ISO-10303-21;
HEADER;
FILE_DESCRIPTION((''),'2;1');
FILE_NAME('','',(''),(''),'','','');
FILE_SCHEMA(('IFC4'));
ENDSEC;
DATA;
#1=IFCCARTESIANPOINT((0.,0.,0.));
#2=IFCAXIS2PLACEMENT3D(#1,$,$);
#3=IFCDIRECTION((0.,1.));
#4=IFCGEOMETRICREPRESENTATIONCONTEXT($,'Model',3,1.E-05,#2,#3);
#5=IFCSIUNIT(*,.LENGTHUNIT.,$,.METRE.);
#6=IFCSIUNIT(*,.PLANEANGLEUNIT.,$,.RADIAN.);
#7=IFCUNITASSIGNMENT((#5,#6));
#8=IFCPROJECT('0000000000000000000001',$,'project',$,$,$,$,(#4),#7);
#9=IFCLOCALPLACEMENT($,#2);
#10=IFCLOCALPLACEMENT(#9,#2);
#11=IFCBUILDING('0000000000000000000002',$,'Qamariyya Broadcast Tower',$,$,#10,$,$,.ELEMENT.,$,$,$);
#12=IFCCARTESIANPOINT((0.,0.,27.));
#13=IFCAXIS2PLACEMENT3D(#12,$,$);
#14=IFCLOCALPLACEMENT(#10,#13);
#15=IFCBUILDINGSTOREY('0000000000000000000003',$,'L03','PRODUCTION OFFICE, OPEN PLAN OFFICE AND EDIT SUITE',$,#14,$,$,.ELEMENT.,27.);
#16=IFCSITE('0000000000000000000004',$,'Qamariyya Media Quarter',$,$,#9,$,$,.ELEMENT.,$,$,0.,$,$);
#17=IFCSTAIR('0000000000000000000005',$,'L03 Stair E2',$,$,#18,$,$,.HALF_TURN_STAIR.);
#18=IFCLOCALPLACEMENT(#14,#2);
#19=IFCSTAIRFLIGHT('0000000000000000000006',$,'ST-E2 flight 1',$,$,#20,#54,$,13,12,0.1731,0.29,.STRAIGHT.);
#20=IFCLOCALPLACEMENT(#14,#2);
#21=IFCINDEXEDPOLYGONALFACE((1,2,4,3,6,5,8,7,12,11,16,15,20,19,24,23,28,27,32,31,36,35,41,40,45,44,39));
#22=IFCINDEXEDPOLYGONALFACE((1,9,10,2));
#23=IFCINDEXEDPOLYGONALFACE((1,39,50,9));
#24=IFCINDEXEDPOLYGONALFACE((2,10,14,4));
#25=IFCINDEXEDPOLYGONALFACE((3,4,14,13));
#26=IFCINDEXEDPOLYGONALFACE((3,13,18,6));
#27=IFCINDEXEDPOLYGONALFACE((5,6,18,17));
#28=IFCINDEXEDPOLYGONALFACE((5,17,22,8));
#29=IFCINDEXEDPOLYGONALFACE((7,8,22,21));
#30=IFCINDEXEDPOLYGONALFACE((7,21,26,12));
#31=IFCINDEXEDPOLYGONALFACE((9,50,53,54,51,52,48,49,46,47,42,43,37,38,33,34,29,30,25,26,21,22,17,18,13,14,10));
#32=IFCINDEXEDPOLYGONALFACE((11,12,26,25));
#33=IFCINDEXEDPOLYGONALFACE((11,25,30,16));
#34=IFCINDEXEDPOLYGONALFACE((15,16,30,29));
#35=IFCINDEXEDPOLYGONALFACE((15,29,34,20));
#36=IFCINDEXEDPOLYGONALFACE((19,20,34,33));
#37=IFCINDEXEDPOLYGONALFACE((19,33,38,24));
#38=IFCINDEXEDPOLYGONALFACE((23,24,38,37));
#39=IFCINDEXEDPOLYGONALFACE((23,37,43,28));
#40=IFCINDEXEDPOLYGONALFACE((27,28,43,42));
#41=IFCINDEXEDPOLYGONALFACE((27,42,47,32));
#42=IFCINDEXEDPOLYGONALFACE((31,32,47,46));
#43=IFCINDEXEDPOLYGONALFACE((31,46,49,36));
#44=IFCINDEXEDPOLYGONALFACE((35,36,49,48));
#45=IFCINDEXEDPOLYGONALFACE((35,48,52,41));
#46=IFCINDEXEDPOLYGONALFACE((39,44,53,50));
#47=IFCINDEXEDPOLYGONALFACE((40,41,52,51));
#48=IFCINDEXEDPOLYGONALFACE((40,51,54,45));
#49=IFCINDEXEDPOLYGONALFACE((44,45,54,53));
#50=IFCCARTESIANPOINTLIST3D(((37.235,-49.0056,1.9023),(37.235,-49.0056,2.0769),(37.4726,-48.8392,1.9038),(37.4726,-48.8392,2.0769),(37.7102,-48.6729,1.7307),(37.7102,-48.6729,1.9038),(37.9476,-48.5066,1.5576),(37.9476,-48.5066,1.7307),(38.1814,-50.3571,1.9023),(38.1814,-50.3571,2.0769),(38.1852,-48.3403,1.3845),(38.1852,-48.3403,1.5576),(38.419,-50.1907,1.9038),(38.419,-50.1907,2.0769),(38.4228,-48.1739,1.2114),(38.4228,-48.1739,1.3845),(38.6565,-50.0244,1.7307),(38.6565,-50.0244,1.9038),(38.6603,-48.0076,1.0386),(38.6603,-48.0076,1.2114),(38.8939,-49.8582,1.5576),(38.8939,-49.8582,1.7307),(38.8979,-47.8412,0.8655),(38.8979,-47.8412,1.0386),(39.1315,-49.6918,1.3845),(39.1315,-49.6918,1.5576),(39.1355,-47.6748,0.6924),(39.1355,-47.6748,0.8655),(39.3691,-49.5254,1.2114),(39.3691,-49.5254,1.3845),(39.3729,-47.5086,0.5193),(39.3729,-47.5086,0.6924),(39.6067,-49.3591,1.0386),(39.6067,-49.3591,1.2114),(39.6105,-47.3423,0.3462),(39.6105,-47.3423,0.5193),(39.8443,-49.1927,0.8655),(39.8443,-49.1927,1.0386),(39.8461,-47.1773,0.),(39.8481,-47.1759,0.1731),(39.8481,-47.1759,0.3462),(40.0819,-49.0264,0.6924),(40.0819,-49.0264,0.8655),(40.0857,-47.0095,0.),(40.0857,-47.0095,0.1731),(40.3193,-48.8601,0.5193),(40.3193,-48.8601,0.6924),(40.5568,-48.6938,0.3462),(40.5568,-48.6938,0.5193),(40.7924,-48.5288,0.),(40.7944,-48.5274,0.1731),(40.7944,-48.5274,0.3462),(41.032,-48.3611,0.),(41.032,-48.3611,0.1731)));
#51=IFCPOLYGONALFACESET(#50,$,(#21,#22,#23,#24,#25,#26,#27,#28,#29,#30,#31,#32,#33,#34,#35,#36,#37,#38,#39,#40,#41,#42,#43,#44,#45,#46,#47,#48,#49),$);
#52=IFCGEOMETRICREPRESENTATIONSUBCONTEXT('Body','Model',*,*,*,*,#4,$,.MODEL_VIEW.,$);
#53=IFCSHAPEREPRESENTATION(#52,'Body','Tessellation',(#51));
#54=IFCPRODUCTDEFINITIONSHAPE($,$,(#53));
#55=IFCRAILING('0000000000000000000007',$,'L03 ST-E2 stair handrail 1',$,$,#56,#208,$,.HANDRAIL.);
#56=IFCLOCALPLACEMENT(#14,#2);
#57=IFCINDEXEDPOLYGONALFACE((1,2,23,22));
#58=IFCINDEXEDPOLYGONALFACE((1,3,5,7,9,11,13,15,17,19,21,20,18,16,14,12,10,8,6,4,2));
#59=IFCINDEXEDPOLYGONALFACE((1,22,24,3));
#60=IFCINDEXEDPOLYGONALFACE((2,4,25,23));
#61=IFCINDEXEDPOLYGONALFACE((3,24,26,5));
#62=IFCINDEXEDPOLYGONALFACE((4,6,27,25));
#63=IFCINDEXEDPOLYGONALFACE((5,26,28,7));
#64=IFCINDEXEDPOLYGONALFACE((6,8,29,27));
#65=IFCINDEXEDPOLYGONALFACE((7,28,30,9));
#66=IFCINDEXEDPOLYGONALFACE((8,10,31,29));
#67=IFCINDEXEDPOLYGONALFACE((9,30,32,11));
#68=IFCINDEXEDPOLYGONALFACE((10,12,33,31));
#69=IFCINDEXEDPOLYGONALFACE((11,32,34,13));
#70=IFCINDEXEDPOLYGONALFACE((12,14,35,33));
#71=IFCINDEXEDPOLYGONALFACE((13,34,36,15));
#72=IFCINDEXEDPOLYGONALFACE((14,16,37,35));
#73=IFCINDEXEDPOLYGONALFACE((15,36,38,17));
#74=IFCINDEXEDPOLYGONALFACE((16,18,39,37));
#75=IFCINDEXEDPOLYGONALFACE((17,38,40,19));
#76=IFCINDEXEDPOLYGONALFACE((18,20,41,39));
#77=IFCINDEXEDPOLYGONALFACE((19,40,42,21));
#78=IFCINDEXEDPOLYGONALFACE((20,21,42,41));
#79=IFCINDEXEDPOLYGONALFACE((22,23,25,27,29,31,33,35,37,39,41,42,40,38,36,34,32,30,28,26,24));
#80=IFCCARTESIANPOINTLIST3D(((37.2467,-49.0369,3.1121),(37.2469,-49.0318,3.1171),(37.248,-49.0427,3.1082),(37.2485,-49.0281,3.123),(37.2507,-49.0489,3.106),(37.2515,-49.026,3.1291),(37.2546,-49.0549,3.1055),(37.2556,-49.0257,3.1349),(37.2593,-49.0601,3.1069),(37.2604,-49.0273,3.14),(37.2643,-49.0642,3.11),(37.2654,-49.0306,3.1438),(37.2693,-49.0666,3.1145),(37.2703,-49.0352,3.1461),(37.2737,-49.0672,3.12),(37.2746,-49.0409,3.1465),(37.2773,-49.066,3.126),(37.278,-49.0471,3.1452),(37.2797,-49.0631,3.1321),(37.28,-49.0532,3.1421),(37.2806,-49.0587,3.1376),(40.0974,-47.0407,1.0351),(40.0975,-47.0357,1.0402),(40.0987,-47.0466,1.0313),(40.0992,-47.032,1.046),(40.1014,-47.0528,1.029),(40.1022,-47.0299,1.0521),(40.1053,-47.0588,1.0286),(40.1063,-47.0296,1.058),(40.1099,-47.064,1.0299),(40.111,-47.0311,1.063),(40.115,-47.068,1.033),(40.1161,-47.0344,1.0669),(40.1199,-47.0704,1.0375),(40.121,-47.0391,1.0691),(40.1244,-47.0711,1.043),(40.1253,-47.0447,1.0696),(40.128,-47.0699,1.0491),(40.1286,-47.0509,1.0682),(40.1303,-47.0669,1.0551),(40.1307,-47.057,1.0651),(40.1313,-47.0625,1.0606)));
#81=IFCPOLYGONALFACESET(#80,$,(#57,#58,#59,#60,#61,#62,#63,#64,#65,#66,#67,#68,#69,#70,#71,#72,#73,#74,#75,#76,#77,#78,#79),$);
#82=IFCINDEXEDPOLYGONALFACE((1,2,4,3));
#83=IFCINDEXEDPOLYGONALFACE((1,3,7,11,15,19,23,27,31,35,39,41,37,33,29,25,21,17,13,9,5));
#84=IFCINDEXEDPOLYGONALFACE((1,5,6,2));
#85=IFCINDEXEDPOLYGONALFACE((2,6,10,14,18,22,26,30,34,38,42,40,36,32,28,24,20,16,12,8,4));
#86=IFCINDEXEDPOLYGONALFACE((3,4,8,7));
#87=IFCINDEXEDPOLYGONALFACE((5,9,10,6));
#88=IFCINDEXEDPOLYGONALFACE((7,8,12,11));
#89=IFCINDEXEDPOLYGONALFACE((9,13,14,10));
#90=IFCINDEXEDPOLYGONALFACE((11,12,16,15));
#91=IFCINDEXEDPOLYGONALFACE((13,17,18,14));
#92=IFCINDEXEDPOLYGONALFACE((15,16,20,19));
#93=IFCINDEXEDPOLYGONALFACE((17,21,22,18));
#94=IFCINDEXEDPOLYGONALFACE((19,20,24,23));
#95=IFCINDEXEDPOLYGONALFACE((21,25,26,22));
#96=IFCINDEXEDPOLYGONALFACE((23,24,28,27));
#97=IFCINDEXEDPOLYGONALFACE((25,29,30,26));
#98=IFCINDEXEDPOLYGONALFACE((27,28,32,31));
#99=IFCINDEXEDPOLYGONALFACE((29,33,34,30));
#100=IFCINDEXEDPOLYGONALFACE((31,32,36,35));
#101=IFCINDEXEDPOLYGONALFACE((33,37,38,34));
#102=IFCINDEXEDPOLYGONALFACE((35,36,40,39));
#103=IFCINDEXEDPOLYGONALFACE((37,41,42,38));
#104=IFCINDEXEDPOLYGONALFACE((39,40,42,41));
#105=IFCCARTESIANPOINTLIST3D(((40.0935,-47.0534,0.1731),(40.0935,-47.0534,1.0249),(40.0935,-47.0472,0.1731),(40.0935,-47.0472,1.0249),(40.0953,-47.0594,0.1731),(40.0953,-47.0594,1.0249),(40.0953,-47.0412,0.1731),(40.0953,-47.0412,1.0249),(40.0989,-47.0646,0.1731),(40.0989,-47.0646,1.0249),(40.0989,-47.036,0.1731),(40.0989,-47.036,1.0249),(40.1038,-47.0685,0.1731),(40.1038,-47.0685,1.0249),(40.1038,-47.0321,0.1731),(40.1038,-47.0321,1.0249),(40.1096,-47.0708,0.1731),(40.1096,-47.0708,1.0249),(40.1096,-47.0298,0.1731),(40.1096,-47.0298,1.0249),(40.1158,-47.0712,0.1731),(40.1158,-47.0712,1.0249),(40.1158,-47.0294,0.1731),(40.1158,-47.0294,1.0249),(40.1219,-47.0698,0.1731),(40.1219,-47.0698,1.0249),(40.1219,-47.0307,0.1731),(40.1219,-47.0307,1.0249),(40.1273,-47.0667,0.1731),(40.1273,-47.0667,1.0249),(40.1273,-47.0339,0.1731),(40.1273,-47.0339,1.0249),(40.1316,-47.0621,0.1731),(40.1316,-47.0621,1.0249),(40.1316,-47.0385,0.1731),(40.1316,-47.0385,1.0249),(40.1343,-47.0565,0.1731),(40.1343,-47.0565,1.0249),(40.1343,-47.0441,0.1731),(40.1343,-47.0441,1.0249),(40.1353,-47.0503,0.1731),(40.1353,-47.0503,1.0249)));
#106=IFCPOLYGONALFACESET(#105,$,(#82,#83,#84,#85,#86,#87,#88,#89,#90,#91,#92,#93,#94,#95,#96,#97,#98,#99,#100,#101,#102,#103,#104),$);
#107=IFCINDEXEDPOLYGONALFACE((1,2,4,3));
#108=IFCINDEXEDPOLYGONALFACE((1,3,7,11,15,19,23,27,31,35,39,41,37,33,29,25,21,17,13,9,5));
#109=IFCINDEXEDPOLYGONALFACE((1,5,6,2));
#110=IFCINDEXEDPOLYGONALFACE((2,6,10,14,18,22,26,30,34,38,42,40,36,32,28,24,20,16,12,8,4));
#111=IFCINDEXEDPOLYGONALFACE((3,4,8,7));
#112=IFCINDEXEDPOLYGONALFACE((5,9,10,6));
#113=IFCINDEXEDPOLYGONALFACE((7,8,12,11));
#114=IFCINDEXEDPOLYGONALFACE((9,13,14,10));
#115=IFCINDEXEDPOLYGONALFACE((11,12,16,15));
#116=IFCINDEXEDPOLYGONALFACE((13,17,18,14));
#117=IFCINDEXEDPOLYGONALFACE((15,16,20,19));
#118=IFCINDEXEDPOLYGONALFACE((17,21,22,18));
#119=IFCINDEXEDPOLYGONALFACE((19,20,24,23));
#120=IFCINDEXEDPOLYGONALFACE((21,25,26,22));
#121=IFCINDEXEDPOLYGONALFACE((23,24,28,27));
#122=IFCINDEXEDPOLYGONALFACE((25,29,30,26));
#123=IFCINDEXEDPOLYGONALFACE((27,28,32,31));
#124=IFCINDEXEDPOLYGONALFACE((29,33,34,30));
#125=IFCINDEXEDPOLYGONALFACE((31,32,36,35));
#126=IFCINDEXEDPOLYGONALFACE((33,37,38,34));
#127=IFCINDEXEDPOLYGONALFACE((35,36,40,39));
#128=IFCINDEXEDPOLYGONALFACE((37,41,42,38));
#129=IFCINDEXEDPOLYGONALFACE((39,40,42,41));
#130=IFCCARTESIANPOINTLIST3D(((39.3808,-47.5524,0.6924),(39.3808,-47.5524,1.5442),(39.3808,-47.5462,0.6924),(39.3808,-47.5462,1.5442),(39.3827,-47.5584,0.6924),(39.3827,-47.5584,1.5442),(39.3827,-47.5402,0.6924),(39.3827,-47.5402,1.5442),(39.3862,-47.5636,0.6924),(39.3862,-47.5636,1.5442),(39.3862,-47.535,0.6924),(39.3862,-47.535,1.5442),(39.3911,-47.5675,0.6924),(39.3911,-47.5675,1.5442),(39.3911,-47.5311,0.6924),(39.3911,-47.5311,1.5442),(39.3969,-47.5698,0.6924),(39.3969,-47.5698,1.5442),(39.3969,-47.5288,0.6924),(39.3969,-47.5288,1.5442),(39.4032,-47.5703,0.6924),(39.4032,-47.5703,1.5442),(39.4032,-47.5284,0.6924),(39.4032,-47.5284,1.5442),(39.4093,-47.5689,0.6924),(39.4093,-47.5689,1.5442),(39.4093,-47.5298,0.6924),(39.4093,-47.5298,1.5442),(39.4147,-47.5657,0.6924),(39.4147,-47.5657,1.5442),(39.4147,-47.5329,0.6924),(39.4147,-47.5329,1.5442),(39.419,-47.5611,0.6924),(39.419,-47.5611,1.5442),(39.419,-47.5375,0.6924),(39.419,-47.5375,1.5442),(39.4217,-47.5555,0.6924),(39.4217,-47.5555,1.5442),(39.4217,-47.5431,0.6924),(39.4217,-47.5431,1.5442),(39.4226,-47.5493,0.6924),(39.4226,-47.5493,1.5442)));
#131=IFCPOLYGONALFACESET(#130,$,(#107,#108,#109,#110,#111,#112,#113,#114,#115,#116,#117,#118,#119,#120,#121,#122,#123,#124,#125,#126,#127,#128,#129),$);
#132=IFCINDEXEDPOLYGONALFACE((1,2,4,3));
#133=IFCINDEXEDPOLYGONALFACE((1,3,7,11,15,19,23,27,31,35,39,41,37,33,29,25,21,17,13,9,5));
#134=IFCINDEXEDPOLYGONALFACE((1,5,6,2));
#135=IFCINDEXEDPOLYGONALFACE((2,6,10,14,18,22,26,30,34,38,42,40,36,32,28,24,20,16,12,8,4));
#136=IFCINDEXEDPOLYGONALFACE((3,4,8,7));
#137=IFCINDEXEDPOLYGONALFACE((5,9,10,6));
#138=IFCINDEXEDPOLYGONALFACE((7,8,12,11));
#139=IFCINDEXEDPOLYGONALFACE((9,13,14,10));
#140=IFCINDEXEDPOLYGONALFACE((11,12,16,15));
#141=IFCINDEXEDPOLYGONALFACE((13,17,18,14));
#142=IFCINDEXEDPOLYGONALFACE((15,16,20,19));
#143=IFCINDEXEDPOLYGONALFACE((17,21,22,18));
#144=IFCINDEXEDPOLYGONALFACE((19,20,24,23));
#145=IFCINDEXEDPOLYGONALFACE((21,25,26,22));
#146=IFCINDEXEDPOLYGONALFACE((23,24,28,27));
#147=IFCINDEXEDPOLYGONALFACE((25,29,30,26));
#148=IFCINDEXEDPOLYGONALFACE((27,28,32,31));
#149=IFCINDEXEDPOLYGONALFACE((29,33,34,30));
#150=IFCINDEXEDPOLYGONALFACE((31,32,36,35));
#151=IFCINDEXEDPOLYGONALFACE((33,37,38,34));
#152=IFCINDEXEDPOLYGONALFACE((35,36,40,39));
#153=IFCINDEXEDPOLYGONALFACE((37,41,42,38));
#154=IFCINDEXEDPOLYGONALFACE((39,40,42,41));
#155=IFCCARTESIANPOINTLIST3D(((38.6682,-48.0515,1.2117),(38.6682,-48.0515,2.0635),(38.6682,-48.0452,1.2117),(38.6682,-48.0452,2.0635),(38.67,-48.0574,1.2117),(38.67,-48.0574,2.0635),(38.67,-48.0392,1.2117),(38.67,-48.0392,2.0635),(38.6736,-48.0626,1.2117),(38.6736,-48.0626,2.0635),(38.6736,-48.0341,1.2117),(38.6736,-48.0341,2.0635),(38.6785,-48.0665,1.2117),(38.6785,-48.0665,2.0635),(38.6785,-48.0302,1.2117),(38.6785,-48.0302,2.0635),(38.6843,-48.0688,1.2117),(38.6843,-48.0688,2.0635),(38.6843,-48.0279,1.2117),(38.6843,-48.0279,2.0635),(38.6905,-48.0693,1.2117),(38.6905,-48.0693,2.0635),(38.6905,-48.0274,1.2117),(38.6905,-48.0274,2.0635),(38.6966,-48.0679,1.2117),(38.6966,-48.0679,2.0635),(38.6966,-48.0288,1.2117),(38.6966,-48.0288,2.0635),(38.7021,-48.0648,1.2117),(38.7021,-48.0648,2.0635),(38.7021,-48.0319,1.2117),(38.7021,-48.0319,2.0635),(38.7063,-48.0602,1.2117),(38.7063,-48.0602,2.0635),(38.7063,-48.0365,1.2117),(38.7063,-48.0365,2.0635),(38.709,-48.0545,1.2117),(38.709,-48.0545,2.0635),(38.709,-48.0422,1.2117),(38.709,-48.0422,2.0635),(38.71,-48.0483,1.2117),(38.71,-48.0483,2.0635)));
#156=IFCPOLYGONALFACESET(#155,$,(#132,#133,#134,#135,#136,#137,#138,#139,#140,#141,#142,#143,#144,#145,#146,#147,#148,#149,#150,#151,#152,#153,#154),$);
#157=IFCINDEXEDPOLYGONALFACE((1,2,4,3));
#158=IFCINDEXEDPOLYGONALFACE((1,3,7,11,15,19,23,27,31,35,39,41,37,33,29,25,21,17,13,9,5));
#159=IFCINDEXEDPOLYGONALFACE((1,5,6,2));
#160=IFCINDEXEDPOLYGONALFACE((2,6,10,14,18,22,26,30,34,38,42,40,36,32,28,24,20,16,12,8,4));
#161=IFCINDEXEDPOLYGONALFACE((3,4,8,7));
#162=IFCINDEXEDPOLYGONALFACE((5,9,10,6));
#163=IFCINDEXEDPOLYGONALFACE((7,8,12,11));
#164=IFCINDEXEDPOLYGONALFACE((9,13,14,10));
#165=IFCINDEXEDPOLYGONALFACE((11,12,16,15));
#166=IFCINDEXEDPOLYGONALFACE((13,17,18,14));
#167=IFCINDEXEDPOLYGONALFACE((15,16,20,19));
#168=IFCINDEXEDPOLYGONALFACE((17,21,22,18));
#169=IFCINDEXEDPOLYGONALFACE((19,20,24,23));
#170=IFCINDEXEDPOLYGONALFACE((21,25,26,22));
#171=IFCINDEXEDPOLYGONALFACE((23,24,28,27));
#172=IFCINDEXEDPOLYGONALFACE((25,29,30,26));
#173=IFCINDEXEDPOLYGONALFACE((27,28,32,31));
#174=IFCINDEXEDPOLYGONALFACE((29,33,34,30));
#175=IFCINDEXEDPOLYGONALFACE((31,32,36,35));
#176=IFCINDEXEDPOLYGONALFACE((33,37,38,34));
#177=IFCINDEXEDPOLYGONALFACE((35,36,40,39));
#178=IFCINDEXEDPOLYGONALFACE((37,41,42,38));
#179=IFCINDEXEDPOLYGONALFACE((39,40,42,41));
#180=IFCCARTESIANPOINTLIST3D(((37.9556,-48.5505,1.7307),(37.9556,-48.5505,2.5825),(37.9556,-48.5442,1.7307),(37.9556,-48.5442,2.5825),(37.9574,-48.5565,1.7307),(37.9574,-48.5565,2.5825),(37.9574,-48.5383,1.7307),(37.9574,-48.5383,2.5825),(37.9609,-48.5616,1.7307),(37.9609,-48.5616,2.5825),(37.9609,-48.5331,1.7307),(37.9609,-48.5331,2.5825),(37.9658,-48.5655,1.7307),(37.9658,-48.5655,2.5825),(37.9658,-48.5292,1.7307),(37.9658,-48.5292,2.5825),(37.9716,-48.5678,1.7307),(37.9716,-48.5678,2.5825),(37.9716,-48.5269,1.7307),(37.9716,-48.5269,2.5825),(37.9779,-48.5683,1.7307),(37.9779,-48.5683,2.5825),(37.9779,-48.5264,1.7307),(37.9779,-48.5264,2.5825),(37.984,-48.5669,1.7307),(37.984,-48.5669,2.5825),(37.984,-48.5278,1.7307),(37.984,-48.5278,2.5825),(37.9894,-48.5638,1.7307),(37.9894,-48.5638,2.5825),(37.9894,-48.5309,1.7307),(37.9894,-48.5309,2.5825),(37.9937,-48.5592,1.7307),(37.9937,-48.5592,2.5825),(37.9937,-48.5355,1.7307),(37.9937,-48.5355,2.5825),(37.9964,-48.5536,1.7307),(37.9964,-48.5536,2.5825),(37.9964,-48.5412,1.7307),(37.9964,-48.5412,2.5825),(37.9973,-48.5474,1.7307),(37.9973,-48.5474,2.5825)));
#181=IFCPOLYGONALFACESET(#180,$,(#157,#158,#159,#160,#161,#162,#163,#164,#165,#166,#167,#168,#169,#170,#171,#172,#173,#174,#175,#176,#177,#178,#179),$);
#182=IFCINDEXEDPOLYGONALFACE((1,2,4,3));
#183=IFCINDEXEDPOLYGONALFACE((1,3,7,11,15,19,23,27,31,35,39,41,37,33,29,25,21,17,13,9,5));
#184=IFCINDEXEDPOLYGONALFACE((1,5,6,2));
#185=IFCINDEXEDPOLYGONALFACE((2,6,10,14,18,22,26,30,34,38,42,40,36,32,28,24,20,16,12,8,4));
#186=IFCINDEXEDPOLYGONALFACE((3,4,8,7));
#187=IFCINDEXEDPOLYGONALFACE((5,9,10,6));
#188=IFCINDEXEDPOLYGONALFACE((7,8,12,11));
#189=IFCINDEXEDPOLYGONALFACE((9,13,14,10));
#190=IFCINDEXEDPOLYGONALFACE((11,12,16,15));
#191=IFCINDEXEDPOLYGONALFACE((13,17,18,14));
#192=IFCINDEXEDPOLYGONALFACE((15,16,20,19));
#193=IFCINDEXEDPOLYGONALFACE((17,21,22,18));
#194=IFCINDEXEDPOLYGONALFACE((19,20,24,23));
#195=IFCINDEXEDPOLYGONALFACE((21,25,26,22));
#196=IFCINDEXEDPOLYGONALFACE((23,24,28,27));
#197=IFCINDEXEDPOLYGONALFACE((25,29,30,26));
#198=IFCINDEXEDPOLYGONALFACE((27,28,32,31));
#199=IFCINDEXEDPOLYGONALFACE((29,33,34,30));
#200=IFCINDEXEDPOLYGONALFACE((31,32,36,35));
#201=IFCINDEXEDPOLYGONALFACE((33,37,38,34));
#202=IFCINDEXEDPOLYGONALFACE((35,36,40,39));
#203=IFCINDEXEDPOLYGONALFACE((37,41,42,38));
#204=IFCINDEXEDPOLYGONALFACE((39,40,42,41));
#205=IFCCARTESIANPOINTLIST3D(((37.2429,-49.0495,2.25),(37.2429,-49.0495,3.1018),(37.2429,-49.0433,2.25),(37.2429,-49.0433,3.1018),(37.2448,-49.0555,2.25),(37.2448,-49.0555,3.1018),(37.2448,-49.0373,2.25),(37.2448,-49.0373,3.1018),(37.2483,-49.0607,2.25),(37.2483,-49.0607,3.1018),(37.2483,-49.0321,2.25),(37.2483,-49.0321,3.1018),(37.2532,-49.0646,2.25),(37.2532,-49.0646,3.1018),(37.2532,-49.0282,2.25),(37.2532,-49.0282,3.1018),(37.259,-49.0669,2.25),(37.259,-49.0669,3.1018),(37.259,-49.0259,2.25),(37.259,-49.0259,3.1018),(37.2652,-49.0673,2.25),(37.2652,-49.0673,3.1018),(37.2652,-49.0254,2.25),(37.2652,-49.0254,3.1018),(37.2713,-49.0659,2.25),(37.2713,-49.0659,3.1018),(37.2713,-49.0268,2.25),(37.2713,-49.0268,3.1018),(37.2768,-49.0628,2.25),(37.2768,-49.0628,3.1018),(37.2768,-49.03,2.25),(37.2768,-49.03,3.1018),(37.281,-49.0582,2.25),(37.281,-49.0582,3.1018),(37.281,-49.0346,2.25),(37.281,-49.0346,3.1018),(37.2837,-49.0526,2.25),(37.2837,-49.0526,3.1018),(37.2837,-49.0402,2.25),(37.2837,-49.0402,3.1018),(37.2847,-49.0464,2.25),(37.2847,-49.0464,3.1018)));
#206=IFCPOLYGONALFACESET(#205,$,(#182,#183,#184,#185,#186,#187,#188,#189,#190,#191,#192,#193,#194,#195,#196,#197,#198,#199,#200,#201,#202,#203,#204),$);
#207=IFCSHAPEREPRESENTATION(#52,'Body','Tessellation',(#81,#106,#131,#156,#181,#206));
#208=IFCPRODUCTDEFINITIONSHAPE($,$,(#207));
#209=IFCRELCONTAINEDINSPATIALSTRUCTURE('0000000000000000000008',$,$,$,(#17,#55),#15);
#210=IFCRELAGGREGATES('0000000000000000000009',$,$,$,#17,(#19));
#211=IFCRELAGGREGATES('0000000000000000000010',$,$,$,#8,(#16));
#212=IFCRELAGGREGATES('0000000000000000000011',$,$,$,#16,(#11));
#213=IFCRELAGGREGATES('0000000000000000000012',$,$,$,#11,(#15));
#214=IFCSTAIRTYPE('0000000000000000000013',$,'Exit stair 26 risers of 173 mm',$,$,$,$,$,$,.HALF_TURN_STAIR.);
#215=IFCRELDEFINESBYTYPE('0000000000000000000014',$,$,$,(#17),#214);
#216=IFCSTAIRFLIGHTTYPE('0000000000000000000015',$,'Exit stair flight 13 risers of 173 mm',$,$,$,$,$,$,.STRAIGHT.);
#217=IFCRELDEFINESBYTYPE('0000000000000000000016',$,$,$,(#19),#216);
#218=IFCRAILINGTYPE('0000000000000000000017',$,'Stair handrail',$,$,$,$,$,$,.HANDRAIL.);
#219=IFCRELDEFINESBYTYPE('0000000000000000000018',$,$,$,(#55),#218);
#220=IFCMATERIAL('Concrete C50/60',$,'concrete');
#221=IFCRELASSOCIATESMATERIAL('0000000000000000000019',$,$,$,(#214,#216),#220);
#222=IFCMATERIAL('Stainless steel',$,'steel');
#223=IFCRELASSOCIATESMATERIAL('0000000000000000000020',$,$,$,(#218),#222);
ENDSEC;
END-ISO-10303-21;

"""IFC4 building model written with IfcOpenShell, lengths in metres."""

from ifc_helpers import new_model, si_unit, direction, frame, origin, origin_2d, place, context, subcontext, project, spatial, polyline, circle, outline, extrude, material, type_object, element, aggregate, save


model = new_model("IFC4")

# Units and contexts
model_context = context("Model", 3, precision=1e-05, world=origin(), true_north=direction((0.0, 1.0)))
body_context = subcontext(model_context, "Body", "Model", "MODEL_VIEW")
ifc_project = project(units=[si_unit("LENGTHUNIT", "METRE"), si_unit("PLANEANGLEUNIT", "RADIAN")], contexts=[model_context])

# Site, building, storey
site_placement = place(None, origin())
site = spatial("IfcSite", under=ifc_project, at=site_placement, Name="Qamariyya Media Quarter", CompositionType="ELEMENT", RefElevation=0.0)
building_placement = place(site_placement, origin())
building = spatial("IfcBuilding", under=site, at=building_placement, Name="Qamariyya Broadcast Tower", CompositionType="ELEMENT")
storey_placement = place(building_placement, frame((0.0, 0.0, 27.0)))
storey = spatial("IfcBuildingStorey", under=building, at=storey_placement, Name="L03", Description="PRODUCTION OFFICE, OPEN PLAN OFFICE AND EDIT SUITE", CompositionType="ELEMENT", Elevation=27.0)

# Shared definitions
ifc_material_1 = material(Name="Concrete C50/60", Category="concrete")

# Stair, stair flight
stair_type = type_object("IfcStairType", Name="Exit stair 26 risers of 173 mm", PredefinedType="HALF_TURN_STAIR", material=ifc_material_1)
stair_placement = place(storey_placement, origin())
stair = element("IfcStair", 1, at=stair_placement, inside=storey, type_object=stair_type, Name="L03 Stair E2", PredefinedType="HALF_TURN_STAIR")
stair_flight_type = type_object("IfcStairFlightType", Name="Exit stair flight 13 risers of 173 mm", PredefinedType="STRAIGHT", material=ifc_material_1)
stair_flight_placement = place(storey_placement, frame((40.5588, -47.6853, 0.0), z_axis=(0.0, 0.0, 1.0), x_axis=(-0.819152, -0.573576, 0.0)))
stair_flight = element("IfcStairFlight", 2, at=stair_flight_placement, type_object=stair_flight_type, Name="ST-E2 flight 1", NumberOfRisers=13, NumberOfTreads=12, PredefinedType="STRAIGHT", RiserHeight=0.1731, TreadLength=0.29, context=body_context, shape_type="SweptSolid", body=[
    extrude(outline(polyline([(0.0, 0.0), (0.0, 0.1731), (0.29, 0.1731), (0.29, 0.3462), (0.5801, 0.3462), (0.5801, 0.5193), (0.8701, 0.5193), (0.8701, 0.6924), (1.1599, 0.6924), (1.1599, 0.8655), (1.45, 0.8655), (1.45, 1.0386), (1.74, 1.0386), (1.74, 1.2114), (2.03, 1.2114), (2.03, 1.3845), (2.3201, 1.3845), (2.3201, 1.5576), (2.6101, 1.5576), (2.6101, 1.7307), (2.8999, 1.7307), (2.8999, 1.9038), (3.1899, 1.9038), (3.1899, 2.0769), (3.48, 2.0769), (3.48, 2.25), (3.48, 1.9023), (0.2925, 0.0), (0.0, 0.0)])), frame((0.0, 0.825, 0.0), z_axis=(0.0, -1.0, 0.0), x_axis=(1.0, 0.0, 0.0)), (0.0, 0.0, 1.0), 1.6499),
])
aggregate(stair, [stair_flight])

# Railing
ifc_material_2 = material(Name="Stainless steel", Category="steel")
railing_type_1 = type_object("IfcRailingType", Name="Stair handrail", PredefinedType="HANDRAIL", material=ifc_material_2)
railing_1_placement = place(storey_placement, frame((40.1143, -47.0503, 0.1731)))
element("IfcRailing", 3, at=railing_1_placement, inside=storey, type_object=railing_type_1, Name="L03 ST-E2 stair handrail 1", PredefinedType="HANDRAIL", context=body_context, shape_type="SweptSolid", body=[
    extrude(circle(Radius=0.0239, at=origin_2d()), frame((0.0, 0.0, 0.876), z_axis=(-0.703393, -0.492544, 0.512484), x_axis=(0.573594, -0.81914, 0.0)), (0.0, 0.0, 1.0), 4.0527),
    extrude(circle(Radius=0.021, at=origin_2d()), origin(), (0.0, 0.0, 1.0), 0.8518),
    extrude(circle(Radius=0.021, at=origin_2d()), frame((-0.7126, -0.499, 0.5193)), (0.0, 0.0, 1.0), 0.8518),
    extrude(circle(Radius=0.021, at=origin_2d()), frame((-1.4253, -0.998, 1.0386)), (0.0, 0.0, 1.0), 0.8518),
    extrude(circle(Radius=0.021, at=origin_2d()), frame((-2.1379, -1.4971, 1.5576)), (0.0, 0.0, 1.0), 0.8518),
    extrude(circle(Radius=0.021, at=origin_2d()), frame((-2.8506, -1.9961, 2.0769)), (0.0, 0.0, 1.0), 0.8518),
])

save(model, "model.ifc")
